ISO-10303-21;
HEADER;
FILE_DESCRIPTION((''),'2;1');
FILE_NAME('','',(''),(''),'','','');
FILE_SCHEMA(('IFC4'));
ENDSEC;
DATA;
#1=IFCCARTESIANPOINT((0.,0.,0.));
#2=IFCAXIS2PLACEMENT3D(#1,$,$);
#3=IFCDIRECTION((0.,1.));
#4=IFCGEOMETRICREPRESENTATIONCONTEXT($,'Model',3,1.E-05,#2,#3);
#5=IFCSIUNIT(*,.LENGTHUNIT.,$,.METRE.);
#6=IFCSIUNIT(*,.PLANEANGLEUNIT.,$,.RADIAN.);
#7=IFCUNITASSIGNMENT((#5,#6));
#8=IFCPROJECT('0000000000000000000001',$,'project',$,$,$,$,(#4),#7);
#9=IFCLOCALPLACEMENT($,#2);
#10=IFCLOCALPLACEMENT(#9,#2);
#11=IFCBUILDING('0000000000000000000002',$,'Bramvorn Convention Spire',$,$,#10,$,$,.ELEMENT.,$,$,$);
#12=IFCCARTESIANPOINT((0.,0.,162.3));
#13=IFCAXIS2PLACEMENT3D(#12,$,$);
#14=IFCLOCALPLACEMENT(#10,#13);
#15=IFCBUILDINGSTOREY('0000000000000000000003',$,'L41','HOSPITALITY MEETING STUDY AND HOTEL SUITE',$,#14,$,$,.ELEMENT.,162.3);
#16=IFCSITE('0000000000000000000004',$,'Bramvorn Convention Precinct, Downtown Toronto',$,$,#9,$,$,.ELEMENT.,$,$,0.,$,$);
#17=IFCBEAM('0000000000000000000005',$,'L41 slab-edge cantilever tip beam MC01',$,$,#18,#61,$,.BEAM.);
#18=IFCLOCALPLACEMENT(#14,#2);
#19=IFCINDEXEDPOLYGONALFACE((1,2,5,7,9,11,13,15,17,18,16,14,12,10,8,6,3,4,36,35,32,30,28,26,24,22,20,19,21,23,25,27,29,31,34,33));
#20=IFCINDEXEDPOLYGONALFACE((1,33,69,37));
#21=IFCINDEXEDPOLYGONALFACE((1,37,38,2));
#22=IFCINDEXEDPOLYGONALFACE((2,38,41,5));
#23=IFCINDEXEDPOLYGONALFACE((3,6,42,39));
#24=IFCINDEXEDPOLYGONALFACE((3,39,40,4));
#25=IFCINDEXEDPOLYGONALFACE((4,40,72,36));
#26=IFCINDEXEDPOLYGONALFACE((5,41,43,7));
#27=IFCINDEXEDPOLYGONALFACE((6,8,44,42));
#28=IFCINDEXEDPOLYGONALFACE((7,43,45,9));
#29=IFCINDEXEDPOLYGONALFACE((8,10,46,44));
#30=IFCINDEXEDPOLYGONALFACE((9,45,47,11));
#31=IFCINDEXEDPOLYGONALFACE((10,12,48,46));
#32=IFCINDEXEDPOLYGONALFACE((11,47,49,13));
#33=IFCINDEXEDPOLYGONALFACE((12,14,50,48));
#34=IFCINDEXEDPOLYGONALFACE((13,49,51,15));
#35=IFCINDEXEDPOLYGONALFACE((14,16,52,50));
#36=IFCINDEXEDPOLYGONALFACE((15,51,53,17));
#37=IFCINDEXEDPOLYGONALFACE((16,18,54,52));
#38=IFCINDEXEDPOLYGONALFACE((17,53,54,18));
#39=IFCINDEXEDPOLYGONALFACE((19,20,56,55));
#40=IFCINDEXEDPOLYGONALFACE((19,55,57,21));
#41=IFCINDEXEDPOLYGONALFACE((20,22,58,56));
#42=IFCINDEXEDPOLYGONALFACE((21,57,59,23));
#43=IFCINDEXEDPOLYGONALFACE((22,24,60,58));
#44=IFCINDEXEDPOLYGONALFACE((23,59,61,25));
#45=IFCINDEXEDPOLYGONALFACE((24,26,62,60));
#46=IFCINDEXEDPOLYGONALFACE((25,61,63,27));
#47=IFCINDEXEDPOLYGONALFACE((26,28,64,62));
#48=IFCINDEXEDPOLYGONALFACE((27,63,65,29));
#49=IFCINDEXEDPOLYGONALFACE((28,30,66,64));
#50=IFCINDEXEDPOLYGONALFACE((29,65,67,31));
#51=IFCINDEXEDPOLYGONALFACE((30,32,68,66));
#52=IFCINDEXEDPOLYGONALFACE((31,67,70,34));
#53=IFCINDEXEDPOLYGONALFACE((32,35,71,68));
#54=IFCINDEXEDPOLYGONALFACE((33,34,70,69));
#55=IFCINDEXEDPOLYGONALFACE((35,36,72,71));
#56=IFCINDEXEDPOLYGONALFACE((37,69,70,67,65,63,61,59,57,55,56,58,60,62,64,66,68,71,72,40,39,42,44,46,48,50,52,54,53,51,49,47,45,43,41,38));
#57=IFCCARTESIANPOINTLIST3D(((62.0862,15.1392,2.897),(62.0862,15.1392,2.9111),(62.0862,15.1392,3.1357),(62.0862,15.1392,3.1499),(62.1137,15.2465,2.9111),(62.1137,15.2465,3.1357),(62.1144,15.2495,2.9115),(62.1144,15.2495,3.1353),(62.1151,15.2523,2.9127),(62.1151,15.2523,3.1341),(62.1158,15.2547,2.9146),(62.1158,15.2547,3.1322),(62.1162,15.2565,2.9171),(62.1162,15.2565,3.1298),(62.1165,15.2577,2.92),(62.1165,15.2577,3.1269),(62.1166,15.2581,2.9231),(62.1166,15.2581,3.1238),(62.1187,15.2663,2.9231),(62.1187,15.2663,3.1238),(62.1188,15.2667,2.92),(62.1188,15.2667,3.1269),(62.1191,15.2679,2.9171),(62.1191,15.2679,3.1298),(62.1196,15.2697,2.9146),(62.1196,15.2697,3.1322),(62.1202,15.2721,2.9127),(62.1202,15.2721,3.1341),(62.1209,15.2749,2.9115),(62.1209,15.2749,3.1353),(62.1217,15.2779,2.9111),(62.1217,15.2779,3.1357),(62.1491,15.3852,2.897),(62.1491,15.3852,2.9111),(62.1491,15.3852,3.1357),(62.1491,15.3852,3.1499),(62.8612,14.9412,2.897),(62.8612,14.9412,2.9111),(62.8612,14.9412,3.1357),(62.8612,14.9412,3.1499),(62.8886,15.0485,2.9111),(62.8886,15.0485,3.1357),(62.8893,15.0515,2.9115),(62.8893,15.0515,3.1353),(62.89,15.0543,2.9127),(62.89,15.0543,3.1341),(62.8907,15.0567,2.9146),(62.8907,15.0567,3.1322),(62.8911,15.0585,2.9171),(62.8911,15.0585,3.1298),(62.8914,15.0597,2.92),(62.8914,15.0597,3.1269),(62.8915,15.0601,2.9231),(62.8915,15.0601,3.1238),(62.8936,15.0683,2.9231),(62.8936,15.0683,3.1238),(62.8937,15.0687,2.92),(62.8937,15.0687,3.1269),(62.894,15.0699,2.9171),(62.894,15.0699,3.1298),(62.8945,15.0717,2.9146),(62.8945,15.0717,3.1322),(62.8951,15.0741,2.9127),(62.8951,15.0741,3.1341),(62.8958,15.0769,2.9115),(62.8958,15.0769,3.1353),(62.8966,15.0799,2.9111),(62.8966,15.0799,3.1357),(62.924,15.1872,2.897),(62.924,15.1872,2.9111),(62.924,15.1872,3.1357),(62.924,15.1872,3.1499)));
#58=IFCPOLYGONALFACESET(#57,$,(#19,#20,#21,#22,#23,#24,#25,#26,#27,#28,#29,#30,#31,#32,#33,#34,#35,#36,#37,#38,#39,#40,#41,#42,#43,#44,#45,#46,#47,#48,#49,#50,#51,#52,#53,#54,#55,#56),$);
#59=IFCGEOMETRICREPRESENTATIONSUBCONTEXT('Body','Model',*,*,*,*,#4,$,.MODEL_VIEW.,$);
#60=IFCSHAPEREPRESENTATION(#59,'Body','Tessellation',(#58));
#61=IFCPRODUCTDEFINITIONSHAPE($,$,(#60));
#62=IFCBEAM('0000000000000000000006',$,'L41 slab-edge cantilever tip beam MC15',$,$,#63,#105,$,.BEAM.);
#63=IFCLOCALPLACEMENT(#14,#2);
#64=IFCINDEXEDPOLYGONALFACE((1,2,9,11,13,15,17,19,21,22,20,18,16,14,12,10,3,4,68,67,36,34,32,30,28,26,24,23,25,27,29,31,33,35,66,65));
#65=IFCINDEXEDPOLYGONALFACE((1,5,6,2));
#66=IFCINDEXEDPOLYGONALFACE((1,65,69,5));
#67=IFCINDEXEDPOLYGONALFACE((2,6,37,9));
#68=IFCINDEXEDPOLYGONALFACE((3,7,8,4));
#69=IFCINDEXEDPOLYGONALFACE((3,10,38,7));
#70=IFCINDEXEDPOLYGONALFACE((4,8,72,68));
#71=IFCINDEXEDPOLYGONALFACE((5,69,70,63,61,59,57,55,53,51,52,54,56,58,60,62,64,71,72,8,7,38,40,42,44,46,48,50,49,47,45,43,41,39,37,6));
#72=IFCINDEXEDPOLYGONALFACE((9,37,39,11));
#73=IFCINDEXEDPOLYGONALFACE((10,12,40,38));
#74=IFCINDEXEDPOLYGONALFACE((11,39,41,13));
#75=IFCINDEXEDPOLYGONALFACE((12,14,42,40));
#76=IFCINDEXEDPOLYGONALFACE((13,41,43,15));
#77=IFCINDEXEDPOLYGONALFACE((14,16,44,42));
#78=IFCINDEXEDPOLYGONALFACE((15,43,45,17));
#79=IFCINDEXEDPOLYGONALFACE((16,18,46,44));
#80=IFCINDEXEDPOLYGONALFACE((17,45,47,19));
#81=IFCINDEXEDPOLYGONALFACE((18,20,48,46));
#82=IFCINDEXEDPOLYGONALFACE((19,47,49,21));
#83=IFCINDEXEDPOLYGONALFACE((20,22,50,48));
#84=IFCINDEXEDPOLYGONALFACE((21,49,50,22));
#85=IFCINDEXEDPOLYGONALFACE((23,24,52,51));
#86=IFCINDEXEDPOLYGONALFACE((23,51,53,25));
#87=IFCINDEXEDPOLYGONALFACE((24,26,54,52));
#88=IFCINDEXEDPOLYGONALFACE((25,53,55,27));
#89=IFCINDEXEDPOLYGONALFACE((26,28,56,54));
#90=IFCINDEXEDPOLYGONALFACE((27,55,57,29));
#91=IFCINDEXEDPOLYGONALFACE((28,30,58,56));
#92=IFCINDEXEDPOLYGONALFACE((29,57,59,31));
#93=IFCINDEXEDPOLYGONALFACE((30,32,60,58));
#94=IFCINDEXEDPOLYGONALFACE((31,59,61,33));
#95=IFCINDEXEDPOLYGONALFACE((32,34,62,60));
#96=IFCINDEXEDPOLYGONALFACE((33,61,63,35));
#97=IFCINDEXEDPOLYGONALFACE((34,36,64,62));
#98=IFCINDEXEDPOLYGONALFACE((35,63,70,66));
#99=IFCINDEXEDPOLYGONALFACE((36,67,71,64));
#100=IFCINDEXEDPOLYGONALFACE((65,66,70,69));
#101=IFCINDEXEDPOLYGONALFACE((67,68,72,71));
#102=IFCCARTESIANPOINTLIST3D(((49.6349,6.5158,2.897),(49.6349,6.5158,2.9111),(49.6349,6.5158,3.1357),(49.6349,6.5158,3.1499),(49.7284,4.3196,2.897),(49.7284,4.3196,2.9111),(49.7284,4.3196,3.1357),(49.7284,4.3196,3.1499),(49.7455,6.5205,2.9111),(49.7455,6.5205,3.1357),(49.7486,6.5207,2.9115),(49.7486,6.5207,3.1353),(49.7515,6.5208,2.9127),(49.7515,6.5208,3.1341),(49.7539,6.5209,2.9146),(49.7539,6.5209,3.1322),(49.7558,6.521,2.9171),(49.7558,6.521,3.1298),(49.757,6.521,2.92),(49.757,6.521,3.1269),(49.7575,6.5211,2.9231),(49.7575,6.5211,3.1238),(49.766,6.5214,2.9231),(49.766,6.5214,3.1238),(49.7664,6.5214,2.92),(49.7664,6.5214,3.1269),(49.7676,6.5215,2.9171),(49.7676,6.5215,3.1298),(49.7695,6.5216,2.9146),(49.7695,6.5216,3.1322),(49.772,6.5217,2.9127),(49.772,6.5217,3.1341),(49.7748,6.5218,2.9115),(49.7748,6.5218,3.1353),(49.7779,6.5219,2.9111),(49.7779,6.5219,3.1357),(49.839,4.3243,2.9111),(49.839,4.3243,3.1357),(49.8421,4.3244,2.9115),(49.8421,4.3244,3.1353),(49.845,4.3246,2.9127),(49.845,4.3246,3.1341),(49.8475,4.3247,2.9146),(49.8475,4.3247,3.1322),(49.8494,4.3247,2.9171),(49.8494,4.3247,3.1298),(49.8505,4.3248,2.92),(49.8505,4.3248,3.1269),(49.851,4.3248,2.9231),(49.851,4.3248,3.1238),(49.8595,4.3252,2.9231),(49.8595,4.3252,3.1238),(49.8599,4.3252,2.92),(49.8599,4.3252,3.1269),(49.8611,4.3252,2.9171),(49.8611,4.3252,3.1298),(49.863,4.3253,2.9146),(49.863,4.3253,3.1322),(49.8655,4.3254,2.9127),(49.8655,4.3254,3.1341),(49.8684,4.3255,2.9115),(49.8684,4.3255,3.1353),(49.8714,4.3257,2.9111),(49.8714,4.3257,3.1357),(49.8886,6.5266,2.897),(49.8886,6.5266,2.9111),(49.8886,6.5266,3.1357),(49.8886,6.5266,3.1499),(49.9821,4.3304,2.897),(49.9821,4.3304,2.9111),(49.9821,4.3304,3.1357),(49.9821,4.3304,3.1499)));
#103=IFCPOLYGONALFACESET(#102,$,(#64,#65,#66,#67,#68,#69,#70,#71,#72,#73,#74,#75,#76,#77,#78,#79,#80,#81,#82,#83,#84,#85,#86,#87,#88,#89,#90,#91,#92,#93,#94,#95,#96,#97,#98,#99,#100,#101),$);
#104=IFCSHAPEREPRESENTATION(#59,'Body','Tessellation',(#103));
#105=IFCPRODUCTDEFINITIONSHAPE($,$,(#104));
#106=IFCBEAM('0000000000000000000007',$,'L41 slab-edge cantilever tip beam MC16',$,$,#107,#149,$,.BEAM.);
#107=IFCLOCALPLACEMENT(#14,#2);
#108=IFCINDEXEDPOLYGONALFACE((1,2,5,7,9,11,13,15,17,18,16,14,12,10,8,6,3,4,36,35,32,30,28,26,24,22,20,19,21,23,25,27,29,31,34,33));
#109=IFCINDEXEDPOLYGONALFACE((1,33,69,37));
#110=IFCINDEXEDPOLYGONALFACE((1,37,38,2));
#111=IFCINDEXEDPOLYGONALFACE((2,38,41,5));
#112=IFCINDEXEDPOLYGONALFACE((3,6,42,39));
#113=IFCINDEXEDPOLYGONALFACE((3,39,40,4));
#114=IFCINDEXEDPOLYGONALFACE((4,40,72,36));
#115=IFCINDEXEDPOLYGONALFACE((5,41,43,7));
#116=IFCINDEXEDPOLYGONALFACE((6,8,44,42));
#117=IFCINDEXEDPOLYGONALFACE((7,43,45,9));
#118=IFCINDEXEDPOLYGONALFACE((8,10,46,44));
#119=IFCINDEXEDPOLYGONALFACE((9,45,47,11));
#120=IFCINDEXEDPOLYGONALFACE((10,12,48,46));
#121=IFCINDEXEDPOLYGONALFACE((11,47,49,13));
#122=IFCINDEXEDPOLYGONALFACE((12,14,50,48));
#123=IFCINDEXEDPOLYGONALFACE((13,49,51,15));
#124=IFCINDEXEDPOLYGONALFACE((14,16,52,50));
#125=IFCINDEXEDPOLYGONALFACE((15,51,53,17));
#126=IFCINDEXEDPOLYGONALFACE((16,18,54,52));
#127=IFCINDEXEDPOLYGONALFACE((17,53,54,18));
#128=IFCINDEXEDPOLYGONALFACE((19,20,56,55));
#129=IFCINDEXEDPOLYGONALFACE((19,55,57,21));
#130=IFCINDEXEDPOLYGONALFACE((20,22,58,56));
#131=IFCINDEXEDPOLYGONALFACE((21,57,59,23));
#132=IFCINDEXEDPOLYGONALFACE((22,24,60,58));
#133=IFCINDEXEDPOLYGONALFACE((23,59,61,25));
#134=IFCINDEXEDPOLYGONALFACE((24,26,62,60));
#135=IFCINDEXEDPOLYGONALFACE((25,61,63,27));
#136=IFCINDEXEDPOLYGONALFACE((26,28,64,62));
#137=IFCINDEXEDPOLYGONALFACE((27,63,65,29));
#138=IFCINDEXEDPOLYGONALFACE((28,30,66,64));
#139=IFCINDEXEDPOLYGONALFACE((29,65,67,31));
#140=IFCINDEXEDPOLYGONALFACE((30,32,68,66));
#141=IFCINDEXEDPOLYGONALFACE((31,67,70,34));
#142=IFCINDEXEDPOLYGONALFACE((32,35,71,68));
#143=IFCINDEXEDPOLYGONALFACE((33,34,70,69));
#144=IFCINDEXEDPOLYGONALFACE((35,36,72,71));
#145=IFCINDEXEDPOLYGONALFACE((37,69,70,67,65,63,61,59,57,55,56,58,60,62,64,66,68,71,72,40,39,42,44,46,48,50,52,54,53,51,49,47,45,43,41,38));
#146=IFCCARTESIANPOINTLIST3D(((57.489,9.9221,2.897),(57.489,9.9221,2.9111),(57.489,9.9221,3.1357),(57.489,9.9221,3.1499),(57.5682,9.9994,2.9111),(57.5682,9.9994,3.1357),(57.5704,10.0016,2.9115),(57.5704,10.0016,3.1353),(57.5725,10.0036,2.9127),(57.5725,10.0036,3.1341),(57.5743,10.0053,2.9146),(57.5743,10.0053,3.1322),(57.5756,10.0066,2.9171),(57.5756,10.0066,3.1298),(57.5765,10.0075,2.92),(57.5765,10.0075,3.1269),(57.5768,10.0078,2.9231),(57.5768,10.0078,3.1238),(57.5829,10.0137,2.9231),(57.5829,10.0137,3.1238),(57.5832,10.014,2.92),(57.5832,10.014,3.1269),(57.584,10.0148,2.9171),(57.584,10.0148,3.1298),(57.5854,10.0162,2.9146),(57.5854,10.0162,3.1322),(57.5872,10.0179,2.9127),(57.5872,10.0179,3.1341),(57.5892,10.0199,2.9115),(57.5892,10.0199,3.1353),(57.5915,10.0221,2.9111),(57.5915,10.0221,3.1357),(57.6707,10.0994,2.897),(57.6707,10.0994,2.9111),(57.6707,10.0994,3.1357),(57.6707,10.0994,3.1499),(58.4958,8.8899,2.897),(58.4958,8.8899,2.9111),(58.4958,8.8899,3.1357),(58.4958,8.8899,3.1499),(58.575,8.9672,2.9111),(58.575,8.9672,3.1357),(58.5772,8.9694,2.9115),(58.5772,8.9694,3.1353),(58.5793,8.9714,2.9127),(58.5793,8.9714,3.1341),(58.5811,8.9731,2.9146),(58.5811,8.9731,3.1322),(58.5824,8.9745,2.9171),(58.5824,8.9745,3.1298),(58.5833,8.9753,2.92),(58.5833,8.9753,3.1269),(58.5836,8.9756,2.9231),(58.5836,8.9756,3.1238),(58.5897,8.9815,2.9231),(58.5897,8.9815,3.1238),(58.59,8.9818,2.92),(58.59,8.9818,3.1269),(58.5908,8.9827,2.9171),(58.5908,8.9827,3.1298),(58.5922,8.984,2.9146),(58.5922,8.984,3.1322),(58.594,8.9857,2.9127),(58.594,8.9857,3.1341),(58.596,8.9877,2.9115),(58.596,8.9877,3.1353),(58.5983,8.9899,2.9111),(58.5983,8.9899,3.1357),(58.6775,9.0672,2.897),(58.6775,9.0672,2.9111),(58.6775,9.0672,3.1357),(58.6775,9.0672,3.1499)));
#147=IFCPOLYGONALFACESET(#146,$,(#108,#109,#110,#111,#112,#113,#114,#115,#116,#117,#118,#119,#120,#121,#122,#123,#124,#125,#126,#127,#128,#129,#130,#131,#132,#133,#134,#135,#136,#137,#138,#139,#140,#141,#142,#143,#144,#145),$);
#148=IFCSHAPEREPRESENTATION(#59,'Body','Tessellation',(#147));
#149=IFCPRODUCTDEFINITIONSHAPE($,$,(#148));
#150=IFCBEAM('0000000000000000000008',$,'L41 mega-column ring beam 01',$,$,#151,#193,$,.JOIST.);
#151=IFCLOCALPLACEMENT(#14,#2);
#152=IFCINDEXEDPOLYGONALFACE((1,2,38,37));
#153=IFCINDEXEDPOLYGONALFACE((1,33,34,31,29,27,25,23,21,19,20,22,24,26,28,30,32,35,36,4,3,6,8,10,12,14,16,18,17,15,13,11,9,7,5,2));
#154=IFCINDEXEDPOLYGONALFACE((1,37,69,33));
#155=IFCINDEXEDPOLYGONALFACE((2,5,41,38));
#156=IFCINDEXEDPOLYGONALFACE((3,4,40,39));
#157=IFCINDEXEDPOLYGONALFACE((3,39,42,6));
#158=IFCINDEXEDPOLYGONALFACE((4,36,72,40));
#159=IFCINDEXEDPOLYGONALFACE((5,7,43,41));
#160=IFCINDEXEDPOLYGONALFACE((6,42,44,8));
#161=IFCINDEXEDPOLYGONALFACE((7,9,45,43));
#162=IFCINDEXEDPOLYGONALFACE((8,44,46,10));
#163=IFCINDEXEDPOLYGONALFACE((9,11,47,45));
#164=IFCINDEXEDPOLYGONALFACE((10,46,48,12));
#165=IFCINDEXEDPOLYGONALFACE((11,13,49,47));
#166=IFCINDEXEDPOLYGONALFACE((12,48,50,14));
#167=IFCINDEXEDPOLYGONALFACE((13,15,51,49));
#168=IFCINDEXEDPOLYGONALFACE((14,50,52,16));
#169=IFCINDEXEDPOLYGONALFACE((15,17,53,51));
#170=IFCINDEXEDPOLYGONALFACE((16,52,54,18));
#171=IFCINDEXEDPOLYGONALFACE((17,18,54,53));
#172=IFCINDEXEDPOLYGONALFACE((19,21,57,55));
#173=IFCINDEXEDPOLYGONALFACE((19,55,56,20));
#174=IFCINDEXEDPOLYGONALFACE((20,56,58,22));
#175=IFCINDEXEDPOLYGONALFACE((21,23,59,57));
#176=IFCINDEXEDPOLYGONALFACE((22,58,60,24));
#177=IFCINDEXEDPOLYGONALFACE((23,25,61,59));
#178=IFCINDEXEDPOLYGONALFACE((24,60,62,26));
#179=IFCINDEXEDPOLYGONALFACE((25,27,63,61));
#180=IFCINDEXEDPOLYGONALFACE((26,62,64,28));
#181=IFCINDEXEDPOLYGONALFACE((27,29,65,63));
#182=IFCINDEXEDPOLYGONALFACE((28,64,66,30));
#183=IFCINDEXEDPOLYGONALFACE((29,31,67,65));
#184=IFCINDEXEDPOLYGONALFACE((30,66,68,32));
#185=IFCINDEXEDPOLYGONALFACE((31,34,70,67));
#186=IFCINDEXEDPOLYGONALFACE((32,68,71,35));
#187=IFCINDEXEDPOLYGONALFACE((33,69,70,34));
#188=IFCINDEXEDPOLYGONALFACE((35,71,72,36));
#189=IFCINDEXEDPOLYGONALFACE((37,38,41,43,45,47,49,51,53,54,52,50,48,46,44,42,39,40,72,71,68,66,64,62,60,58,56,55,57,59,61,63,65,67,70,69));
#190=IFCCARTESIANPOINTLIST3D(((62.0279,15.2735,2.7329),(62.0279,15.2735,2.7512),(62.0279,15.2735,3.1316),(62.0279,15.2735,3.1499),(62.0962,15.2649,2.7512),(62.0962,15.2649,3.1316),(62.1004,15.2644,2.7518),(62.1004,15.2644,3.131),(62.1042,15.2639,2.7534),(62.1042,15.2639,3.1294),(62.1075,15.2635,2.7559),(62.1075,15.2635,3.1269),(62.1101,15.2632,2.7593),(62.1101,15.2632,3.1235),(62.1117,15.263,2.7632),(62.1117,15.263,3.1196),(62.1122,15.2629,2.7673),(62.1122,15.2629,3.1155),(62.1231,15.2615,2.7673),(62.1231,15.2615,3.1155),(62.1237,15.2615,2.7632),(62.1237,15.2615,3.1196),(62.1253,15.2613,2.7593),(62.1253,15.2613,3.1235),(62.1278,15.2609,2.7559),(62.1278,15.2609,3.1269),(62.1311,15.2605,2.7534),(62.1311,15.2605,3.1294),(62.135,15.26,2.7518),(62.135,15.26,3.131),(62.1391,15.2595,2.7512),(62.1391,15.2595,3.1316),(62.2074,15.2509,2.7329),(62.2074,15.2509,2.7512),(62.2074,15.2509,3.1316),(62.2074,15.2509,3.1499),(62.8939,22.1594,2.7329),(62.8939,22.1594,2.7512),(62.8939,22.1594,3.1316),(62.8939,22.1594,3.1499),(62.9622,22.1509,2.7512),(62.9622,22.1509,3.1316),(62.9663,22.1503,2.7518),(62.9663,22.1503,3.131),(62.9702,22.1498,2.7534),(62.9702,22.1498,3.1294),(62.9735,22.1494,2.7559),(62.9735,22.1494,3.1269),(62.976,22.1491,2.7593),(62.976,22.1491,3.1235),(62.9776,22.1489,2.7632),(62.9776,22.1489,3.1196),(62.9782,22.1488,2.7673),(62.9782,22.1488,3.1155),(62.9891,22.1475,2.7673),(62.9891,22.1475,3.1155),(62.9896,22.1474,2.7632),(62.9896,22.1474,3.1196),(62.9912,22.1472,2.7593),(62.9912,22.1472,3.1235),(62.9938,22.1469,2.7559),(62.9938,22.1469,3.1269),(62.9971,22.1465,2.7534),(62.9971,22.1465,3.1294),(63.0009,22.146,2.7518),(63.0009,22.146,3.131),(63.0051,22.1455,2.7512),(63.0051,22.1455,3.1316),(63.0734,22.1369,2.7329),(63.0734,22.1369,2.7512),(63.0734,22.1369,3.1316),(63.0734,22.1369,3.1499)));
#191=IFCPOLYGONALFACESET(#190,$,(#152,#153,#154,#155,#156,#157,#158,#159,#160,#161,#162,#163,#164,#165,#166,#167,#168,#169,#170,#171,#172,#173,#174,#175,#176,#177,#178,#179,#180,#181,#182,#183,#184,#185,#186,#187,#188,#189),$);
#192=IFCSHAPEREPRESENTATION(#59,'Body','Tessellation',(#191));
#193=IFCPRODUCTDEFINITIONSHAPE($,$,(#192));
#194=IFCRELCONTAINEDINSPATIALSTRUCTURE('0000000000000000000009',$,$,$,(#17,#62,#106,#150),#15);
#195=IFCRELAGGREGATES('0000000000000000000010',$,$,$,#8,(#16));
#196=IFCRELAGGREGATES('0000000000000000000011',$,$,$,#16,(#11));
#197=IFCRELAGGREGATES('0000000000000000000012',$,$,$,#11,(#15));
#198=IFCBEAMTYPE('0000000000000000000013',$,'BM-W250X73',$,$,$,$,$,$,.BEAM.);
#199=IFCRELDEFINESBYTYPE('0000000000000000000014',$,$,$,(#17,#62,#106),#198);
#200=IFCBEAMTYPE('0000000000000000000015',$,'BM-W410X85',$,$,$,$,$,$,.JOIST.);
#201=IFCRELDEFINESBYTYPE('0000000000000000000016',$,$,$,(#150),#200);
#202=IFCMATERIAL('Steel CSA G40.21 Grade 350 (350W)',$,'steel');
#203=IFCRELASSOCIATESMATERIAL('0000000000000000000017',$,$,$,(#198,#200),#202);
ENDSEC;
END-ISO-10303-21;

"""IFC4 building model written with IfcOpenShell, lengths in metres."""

from ifc_helpers import new_model, si_unit, direction, frame, origin, origin_2d, place, context, subcontext, project, spatial, i_section, extrude, material, material_profile, profile_set, type_object, element, save


model = new_model("IFC4")

# Units and contexts
model_context = context("Model", 3, precision=1e-05, world=origin(), true_north=direction((0.0, 1.0)))
body_context = subcontext(model_context, "Body", "Model", "MODEL_VIEW")
ifc_project = project(units=[si_unit("LENGTHUNIT", "METRE"), si_unit("PLANEANGLEUNIT", "RADIAN")], contexts=[model_context])

# Site, building, storey
site_placement = place(None, origin())
site = spatial("IfcSite", under=ifc_project, at=site_placement, Name="Bramvorn Convention Precinct, Downtown Toronto", CompositionType="ELEMENT", RefElevation=0.0)
building_placement = place(site_placement, origin())
building = spatial("IfcBuilding", under=site, at=building_placement, Name="Bramvorn Convention Spire", CompositionType="ELEMENT")
storey_placement = place(building_placement, frame((0.0, 0.0, 162.3)))
storey = spatial("IfcBuildingStorey", under=building, at=storey_placement, Name="L41", Description="HOSPITALITY MEETING STUDY AND HOTEL SUITE", CompositionType="ELEMENT", Elevation=162.3)

# Shared definitions
ifc_material_1 = material(Name="Steel CSA G40.21 Grade 350 (350W)", Category="steel")

# Beams
ifc_material_profile_1 = material_profile(ifc_material_1, i_section(OverallWidth=0.2539, OverallDepth=0.2529, WebThickness=0.0085, FlangeThickness=0.0142, FilletRadius=0.012, at=origin_2d()))
ifc_profile_set_1 = profile_set([ifc_material_profile_1], Name="Steel CSA G40.21 Grade 350 (350W) - W250X73")
beam_type_1 = type_object("IfcBeamType", Name="BM-W250X73", PredefinedType="BEAM", material=ifc_profile_set_1)
beam_1_placement = place(storey_placement, frame((62.1177, 15.2622, 3.0234), z_axis=(0.968873, -0.24756, 0.0), x_axis=(0.24756, 0.968873, 0.0)))
element("IfcBeam", 1, at=beam_1_placement, inside=storey, type_object=beam_type_1, Name="L41 slab-edge cantilever tip beam MC01", PredefinedType="BEAM", context=body_context, shape_type="SweptSolid", body=[
    extrude(i_section(OverallWidth=0.2539, OverallDepth=0.2529, WebThickness=0.0085, FlangeThickness=0.0142, FilletRadius=0.012, at=origin_2d()), origin(), (0.0, 0.0, 1.0), 0.7998),
])
beam_2_placement = place(storey_placement, frame((49.7617, 6.5212, 3.0234), z_axis=(0.042536, -0.999095, 0.0), x_axis=(0.999095, 0.042536, 0.0)))
element("IfcBeam", 2, at=beam_2_placement, inside=storey, type_object=beam_type_1, Name="L41 slab-edge cantilever tip beam MC15", PredefinedType="BEAM", context=body_context, shape_type="SweptSolid", body=[
    extrude(i_section(OverallWidth=0.2539, OverallDepth=0.2529, WebThickness=0.0085, FlangeThickness=0.0142, FilletRadius=0.012, at=origin_2d()), origin(), (0.0, 0.0, 1.0), 2.1982),
])
beam_3_placement = place(storey_placement, frame((57.5798, 10.0107, 3.0234), z_axis=(0.698248, -0.715856, 0.0), x_axis=(0.715856, 0.698248, 0.0)))
element("IfcBeam", 3, at=beam_3_placement, inside=storey, type_object=beam_type_1, Name="L41 slab-edge cantilever tip beam MC16", PredefinedType="BEAM", context=body_context, shape_type="SweptSolid", body=[
    extrude(i_section(OverallWidth=0.2539, OverallDepth=0.2529, WebThickness=0.0085, FlangeThickness=0.0142, FilletRadius=0.012, at=origin_2d()), origin(), (0.0, 0.0, 1.0), 1.4419),
])
ifc_material_profile_2 = material_profile(ifc_material_1, i_section(OverallWidth=0.1809, OverallDepth=0.417, WebThickness=0.011, FlangeThickness=0.0183, FilletRadius=0.0161, at=origin_2d()))
ifc_profile_set_2 = profile_set([ifc_material_profile_2], Name="Steel CSA G40.21 Grade 350 (350W) - W410X85")
beam_type_2 = type_object("IfcBeamType", Name="BM-W410X85", PredefinedType="JOIST", material=ifc_profile_set_2)
beam_4_placement = place(storey_placement, frame((62.1177, 15.2622, 2.9414), z_axis=(0.124775, 0.992185, 0.0), x_axis=(-0.992185, 0.124775, 0.0)))
element("IfcBeam", 4, at=beam_4_placement, inside=storey, type_object=beam_type_2, Name="L41 mega-column ring beam 01", PredefinedType="JOIST", context=body_context, shape_type="SweptSolid", body=[
    extrude(i_section(OverallWidth=0.1809, OverallDepth=0.417, WebThickness=0.011, FlangeThickness=0.0183, FilletRadius=0.0161, at=origin_2d()), origin(), (0.0, 0.0, 1.0), 6.9402),
])

save(model, "model.ifc")
